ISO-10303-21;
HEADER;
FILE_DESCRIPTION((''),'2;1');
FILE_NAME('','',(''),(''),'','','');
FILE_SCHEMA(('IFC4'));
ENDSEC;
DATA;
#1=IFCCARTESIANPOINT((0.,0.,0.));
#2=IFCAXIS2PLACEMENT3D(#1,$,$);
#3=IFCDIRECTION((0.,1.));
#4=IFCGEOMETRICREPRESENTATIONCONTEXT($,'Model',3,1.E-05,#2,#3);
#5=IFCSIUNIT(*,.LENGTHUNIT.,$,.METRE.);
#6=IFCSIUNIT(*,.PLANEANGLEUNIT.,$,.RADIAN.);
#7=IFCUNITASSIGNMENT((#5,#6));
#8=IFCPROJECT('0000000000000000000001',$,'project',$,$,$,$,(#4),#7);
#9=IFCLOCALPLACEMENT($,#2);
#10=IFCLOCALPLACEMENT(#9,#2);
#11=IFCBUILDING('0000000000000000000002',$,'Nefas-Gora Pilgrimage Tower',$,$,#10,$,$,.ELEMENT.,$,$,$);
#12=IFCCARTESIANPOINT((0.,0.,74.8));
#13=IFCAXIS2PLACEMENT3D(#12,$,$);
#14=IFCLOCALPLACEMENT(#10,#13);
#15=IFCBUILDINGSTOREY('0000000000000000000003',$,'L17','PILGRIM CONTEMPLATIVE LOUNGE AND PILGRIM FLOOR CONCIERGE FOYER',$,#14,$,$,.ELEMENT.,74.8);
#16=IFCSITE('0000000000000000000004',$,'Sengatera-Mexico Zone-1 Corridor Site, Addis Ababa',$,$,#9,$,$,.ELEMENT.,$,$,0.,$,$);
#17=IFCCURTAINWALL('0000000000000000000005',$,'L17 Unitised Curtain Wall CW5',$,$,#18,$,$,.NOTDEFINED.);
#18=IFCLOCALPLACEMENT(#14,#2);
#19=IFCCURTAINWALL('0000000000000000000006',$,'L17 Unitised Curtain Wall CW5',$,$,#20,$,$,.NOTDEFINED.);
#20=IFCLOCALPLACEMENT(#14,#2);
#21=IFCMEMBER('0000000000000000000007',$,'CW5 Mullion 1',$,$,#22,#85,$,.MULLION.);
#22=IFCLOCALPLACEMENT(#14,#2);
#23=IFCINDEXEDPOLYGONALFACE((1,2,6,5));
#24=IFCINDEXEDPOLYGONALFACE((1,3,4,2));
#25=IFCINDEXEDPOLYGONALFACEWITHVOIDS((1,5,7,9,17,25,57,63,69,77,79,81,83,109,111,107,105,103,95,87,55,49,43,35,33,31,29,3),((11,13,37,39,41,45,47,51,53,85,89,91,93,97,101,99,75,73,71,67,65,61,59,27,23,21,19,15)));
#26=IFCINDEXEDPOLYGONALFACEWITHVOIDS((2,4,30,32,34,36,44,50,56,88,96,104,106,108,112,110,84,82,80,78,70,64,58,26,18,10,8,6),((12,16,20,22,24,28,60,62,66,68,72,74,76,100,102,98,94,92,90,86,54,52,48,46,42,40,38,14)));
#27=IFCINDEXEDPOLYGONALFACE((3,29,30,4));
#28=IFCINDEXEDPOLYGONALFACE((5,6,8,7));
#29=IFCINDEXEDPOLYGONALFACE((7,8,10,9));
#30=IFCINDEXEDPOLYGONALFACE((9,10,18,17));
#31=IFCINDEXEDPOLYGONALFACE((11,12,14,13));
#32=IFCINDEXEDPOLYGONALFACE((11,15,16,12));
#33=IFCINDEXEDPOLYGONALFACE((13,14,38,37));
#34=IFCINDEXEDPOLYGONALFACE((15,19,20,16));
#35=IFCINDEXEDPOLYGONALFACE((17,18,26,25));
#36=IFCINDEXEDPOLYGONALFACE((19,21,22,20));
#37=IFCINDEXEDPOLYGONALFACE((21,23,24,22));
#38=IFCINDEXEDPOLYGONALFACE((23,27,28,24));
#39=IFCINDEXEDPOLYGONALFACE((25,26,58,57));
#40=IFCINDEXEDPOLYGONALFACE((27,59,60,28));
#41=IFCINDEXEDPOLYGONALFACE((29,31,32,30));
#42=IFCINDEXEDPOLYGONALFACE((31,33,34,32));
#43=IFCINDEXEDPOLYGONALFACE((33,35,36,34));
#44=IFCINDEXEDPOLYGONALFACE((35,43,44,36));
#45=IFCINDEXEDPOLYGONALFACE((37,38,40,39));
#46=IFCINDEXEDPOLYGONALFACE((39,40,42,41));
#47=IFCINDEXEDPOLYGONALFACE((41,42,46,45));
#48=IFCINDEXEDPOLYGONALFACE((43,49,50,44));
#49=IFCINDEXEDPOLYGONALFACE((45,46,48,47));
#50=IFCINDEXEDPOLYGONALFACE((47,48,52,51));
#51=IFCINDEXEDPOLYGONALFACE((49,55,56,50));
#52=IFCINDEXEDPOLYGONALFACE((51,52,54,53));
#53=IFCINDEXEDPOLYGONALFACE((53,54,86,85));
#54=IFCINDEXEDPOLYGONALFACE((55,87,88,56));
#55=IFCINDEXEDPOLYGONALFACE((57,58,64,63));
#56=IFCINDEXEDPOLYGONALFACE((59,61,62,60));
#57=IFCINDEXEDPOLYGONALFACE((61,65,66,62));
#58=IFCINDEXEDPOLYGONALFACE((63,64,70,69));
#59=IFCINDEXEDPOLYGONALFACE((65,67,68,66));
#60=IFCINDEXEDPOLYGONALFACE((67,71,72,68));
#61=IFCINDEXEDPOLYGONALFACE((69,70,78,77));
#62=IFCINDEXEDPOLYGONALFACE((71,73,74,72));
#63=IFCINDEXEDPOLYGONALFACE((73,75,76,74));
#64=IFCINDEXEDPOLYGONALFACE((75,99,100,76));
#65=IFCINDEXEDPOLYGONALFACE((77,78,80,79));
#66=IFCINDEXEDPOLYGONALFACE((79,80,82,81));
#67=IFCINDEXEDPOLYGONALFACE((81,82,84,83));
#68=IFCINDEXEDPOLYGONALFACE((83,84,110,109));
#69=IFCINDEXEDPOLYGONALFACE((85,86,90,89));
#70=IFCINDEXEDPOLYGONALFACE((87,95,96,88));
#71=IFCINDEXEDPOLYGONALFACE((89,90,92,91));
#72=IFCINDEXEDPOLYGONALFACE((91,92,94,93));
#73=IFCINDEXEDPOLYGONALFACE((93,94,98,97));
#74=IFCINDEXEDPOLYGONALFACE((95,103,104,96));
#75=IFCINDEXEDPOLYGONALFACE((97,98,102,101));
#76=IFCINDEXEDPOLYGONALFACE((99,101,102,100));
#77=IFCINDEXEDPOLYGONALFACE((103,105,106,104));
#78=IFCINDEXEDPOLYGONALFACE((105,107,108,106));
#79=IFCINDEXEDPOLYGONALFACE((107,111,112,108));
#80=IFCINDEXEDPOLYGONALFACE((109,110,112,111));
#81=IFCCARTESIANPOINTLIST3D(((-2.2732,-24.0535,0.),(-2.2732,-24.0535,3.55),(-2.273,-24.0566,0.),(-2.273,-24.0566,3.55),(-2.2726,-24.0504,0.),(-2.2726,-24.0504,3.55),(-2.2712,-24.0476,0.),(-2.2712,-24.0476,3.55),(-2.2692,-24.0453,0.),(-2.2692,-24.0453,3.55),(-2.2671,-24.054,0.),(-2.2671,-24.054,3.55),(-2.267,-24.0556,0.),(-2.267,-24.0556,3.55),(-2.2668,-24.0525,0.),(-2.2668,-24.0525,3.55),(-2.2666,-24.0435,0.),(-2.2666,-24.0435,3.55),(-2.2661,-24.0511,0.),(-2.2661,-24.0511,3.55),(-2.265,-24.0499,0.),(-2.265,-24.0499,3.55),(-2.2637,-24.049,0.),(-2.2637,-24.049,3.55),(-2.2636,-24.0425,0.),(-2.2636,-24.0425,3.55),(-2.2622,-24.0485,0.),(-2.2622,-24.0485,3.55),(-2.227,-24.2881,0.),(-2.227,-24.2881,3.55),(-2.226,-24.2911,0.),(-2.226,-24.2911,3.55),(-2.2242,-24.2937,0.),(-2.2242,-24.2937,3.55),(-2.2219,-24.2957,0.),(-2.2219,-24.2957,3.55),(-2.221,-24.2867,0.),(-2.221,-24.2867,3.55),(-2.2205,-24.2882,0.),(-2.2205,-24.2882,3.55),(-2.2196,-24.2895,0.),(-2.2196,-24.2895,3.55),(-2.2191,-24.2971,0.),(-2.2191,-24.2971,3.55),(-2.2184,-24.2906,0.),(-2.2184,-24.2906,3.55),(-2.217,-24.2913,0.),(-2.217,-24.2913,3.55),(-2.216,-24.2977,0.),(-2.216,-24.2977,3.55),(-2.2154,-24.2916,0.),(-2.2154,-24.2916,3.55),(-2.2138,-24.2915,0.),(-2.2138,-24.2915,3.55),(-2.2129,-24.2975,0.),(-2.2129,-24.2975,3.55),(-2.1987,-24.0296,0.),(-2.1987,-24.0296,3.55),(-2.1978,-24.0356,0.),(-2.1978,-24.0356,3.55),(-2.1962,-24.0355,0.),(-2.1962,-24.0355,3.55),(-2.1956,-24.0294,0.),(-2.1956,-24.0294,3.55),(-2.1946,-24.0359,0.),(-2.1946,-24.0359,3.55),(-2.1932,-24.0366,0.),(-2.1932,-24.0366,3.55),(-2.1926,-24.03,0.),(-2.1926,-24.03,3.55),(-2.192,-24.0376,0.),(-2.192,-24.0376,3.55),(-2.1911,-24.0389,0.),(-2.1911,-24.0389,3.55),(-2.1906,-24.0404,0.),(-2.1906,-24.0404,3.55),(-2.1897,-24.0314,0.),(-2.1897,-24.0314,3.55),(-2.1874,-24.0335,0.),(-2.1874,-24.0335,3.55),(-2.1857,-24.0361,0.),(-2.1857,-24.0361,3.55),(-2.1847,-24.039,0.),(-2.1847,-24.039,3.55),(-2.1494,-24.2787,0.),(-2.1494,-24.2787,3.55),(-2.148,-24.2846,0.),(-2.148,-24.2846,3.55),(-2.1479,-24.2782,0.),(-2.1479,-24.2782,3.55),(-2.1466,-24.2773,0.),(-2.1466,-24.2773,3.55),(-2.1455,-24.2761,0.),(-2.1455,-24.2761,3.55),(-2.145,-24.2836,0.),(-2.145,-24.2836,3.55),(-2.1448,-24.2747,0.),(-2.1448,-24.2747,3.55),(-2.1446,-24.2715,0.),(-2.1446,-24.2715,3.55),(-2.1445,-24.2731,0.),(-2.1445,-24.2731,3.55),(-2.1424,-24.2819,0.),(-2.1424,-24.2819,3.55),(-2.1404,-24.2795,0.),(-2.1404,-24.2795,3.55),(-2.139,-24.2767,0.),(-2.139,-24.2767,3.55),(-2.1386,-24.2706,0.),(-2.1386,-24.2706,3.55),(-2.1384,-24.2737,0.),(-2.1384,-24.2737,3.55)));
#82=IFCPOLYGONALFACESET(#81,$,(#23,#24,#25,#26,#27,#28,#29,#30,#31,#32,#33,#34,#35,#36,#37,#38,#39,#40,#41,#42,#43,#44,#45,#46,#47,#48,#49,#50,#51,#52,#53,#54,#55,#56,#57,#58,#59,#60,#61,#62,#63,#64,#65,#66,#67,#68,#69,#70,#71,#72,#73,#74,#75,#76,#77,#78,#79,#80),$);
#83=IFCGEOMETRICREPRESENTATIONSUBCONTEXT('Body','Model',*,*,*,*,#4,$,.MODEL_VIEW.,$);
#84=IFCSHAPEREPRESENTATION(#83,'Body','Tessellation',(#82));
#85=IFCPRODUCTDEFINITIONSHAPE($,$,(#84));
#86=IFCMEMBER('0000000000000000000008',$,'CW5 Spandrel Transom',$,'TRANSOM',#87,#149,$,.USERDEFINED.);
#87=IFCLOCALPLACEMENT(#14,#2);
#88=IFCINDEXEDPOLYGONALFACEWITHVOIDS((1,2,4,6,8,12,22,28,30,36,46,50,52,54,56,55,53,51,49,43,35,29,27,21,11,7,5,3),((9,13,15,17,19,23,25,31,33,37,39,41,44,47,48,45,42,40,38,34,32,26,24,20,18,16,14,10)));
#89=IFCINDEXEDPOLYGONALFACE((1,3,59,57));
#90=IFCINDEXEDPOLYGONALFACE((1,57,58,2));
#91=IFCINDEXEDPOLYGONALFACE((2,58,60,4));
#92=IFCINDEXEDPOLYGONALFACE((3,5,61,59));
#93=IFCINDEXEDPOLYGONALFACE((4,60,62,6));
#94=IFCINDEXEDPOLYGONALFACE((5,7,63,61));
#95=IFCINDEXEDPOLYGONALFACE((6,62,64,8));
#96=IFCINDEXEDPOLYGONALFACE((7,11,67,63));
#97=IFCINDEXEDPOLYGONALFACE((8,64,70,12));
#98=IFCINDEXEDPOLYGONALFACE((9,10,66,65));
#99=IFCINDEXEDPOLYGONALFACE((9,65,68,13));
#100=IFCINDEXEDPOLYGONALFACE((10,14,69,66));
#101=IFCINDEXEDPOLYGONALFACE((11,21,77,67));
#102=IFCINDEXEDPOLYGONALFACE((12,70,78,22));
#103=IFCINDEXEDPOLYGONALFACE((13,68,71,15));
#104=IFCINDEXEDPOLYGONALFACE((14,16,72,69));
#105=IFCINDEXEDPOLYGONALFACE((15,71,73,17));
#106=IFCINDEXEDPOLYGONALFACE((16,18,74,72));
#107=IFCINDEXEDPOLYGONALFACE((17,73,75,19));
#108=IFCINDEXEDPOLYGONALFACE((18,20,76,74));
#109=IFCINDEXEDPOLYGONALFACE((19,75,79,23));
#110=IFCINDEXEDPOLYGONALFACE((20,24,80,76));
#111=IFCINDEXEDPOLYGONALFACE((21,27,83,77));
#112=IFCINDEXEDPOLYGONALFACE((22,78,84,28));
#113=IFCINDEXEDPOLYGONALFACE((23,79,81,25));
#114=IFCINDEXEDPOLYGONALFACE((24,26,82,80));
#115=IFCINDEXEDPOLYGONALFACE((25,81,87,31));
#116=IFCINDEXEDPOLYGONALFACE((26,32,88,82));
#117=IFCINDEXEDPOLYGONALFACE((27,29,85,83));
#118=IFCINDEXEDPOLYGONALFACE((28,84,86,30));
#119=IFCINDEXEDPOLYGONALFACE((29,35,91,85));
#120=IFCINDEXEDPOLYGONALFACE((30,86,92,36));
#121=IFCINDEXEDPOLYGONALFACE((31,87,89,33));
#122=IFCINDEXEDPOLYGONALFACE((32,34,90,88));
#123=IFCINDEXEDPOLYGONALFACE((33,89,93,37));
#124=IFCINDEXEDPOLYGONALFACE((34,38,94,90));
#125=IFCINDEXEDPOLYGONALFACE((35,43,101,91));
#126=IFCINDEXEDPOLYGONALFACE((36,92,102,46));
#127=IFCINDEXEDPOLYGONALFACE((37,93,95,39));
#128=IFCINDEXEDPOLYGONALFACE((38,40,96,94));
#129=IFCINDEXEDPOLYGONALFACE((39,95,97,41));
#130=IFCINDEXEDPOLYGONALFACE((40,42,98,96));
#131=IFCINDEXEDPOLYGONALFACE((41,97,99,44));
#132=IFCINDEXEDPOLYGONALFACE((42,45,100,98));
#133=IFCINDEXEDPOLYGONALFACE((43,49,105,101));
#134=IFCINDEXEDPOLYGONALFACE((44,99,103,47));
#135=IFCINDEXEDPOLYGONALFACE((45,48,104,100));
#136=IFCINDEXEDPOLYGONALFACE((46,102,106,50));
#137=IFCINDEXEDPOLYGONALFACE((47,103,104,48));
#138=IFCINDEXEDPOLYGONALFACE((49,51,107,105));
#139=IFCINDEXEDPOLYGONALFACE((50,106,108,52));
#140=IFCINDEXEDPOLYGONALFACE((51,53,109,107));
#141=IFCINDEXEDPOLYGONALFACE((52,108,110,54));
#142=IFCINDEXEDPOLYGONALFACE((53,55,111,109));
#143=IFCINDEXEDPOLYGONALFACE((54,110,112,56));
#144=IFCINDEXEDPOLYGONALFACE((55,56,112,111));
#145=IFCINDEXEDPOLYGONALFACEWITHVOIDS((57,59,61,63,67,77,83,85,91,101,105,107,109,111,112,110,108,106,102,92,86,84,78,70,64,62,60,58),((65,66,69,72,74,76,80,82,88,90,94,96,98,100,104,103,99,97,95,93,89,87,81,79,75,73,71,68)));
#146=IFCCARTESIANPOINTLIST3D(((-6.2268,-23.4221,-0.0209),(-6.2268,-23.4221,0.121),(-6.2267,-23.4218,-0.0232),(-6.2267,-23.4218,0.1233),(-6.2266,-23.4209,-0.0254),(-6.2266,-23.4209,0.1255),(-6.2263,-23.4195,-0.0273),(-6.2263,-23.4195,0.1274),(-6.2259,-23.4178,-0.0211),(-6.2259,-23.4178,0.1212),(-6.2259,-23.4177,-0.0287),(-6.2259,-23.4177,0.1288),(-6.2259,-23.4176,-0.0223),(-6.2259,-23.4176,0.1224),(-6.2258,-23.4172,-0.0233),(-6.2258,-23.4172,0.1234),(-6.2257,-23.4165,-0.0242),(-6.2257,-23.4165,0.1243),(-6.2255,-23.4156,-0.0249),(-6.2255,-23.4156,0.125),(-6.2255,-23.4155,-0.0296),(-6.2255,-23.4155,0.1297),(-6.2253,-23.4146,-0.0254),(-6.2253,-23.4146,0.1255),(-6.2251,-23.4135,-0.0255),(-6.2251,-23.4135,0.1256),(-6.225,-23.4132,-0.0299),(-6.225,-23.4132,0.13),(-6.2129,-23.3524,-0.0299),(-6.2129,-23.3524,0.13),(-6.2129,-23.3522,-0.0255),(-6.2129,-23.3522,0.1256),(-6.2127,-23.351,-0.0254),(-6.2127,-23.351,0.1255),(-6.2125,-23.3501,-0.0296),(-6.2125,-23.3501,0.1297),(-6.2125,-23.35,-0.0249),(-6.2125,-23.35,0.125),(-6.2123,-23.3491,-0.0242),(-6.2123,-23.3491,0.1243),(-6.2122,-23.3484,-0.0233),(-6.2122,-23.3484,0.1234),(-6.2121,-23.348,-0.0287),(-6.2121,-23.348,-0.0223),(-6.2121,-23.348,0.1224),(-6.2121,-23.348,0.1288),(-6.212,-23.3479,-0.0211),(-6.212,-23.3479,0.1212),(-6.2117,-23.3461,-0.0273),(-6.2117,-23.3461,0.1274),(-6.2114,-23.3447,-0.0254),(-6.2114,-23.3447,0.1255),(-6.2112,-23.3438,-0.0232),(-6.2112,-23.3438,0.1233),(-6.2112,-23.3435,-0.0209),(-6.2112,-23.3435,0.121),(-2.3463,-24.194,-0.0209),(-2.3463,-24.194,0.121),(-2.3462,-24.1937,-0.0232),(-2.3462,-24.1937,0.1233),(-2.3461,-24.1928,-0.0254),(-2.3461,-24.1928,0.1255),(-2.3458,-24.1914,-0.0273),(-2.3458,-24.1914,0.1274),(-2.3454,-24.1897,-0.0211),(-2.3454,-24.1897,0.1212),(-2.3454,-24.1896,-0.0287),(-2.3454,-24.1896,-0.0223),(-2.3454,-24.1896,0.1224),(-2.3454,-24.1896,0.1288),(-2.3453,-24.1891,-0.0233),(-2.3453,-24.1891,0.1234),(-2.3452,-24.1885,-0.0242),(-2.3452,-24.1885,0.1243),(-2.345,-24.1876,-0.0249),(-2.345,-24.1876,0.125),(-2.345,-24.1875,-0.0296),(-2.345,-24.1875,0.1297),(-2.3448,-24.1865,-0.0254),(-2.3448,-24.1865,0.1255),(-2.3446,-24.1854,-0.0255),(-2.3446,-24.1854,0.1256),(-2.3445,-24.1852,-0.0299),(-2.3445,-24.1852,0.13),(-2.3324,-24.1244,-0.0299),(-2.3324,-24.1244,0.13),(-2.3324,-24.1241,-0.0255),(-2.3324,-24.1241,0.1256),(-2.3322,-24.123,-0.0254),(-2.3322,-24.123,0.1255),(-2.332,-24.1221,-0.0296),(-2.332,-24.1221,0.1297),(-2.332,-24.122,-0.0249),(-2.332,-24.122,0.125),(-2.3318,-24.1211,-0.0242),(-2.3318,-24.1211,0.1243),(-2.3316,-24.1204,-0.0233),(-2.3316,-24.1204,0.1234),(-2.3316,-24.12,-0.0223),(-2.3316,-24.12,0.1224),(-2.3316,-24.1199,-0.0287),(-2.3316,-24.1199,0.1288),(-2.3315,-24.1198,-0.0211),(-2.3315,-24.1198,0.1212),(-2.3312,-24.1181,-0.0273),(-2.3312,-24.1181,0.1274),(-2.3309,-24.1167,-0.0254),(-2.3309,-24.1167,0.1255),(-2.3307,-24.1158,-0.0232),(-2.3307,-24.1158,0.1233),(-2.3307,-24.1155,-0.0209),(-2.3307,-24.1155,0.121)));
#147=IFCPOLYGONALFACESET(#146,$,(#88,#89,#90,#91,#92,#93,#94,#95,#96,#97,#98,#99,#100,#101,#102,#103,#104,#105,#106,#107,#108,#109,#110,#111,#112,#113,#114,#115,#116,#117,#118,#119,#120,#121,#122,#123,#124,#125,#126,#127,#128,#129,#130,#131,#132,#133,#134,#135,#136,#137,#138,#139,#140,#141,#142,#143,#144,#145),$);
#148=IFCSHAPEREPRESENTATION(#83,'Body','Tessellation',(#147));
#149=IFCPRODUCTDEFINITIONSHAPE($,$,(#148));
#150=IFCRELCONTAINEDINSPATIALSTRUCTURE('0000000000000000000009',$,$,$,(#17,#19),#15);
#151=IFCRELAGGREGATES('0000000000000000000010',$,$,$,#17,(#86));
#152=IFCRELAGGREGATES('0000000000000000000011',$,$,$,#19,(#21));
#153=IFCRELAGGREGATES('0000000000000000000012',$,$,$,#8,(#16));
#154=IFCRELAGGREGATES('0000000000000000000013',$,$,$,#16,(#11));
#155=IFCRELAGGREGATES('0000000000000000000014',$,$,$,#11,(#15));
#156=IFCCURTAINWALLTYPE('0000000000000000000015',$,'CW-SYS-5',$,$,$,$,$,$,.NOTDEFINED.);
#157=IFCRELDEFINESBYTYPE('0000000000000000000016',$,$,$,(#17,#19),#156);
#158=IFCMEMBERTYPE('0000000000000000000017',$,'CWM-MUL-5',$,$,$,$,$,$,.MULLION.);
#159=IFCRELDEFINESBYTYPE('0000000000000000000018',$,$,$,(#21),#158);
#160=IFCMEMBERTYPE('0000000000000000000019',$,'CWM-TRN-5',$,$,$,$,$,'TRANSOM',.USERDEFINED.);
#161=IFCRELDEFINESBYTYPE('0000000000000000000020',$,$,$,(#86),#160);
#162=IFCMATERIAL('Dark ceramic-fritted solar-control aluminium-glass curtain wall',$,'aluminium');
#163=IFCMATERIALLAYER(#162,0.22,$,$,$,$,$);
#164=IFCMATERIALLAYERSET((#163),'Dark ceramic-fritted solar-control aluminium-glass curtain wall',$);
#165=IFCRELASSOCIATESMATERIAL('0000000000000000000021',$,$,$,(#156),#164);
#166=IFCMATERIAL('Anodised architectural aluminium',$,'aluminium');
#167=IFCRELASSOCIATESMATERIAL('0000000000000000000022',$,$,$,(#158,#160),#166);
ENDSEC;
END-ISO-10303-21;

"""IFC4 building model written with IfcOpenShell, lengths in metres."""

from ifc_helpers import new_model, si_unit, direction, frame, origin, origin_2d, place, context, subcontext, project, spatial, hollow_rectangle, extrude, source, transform, mapped, material, layer, layer_set, material_profile, profile_set, type_object, element, aggregate, save


model = new_model("IFC4")

# Units and contexts
model_context = context("Model", 3, precision=1e-05, world=origin(), true_north=direction((0.0, 1.0)))
body_context = subcontext(model_context, "Body", "Model", "MODEL_VIEW")
ifc_project = project(units=[si_unit("LENGTHUNIT", "METRE"), si_unit("PLANEANGLEUNIT", "RADIAN")], contexts=[model_context])

# Site, building, storey
site_placement = place(None, origin())
site = spatial("IfcSite", under=ifc_project, at=site_placement, Name="Sengatera-Mexico Zone-1 Corridor Site, Addis Ababa", CompositionType="ELEMENT", RefElevation=0.0)
building_placement = place(site_placement, origin())
building = spatial("IfcBuilding", under=site, at=building_placement, Name="Nefas-Gora Pilgrimage Tower", CompositionType="ELEMENT")
storey_placement = place(building_placement, frame((0.0, 0.0, 74.8)))
storey = spatial("IfcBuildingStorey", under=building, at=storey_placement, Name="L17", Description="PILGRIM CONTEMPLATIVE LOUNGE AND PILGRIM FLOOR CONCIERGE FOYER", CompositionType="ELEMENT", Elevation=74.8)

# Shared definitions
ifc_material_1 = material(Name="Dark ceramic-fritted solar-control aluminium-glass curtain wall", Category="aluminium")
ifc_layer_1 = layer(ifc_material_1, 0.22)
ifc_layer_set_1 = layer_set([ifc_layer_1], Name="Dark ceramic-fritted solar-control aluminium-glass curtain wall")
curtain_wall_type = type_object("IfcCurtainWallType", Name="CW-SYS-5", PredefinedType="NOTDEFINED", material=ifc_layer_set_1)
ifc_material_2 = material(Name="Anodised architectural aluminium", Category="aluminium")
ifc_material_profile_1 = material_profile(ifc_material_2, hollow_rectangle(XDim=0.0901, YDim=0.26, WallThickness=0.0061, InnerFilletRadius=0.0061, OuterFilletRadius=0.012, at=origin_2d()), Name="ALU MULLION 90x260")
ifc_profile_set_1 = profile_set([ifc_material_profile_1], Name="Anodised architectural aluminium")
member_type_1 = type_object("IfcMemberType", Name="CWM-MUL-5", PredefinedType="MULLION", material=ifc_profile_set_1)
shared_shape_1 = source(origin(), body_context, "Body", "SweptSolid", [
    extrude(hollow_rectangle(XDim=0.0901, YDim=0.26, WallThickness=0.0061, InnerFilletRadius=0.0061, OuterFilletRadius=0.012, at=origin_2d()), origin(), (0.0, 0.0, 1.0), 3.55),
])

# Curtain wall
curtain_wall_1_placement = place(storey_placement, origin())
curtain_wall_1 = element("IfcCurtainWall", 1, at=curtain_wall_1_placement, inside=storey, type_object=curtain_wall_type, Name="L17 Unitised Curtain Wall CW5", PredefinedType="NOTDEFINED")

# Curtain wall, member
curtain_wall_2_placement = place(storey_placement, origin())
curtain_wall_2 = element("IfcCurtainWall", 2, at=curtain_wall_2_placement, inside=storey, type_object=curtain_wall_type, Name="L17 Unitised Curtain Wall CW5", PredefinedType="NOTDEFINED")
member_1_placement = place(storey_placement, frame((-2.2058, -24.1636, 0.0), z_axis=(0.0, 0.0, 1.0), x_axis=(0.980783, 0.195102, 0.0)))
member_1 = element("IfcMember", 3, at=member_1_placement, type_object=member_type_1, Name="CW5 Mullion 1", PredefinedType="MULLION", context=body_context, shape_type="MappedRepresentation", body=[
    mapped(shared_shape_1, transform((0.0, 0.0, 0.0), x_axis=(1.0, 0.0, 0.0), y_axis=(0.0, 1.0, 0.0), z_axis=(0.0, 0.0, 1.0), scale=1.0)),
])

# Member
ifc_material_profile_2 = material_profile(ifc_material_2, hollow_rectangle(XDim=0.0801, YDim=0.1599, WallThickness=0.0044, InnerFilletRadius=0.0044, OuterFilletRadius=0.009, at=origin_2d()), Name="ALU TRANSOM 80x160")
ifc_profile_set_2 = profile_set([ifc_material_profile_2], Name="Anodised architectural aluminium")
member_type_2 = type_object("IfcMemberType", Name="CWM-TRN-5", ElementType="TRANSOM", PredefinedType="USERDEFINED", material=ifc_profile_set_2)
shared_shape_2 = source(origin(), body_context, "Body", "SweptSolid", [
    extrude(hollow_rectangle(XDim=0.0801, YDim=0.1599, WallThickness=0.0044, InnerFilletRadius=0.0044, OuterFilletRadius=0.009, at=origin_2d()), origin(), (0.0, 0.0, 1.0), 3.9565),
])
member_2_placement = place(storey_placement, frame((-6.219, -23.3828, 0.05), z_axis=(0.980782, -0.195107, 0.0), x_axis=(0.195107, 0.980782, 0.0)))
member_2 = element("IfcMember", 4, at=member_2_placement, type_object=member_type_2, Name="CW5 Spandrel Transom", ObjectType="TRANSOM", PredefinedType="USERDEFINED", context=body_context, shape_type="MappedRepresentation", body=[
    mapped(shared_shape_2, transform((0.0, 0.0, 0.0), x_axis=(1.0, 0.0, 0.0), y_axis=(0.0, 1.0, 0.0), z_axis=(0.0, 0.0, 1.0), scale=1.0)),
])

aggregate(curtain_wall_1, [member_2])
aggregate(curtain_wall_2, [member_1])

save(model, "model.ifc")
